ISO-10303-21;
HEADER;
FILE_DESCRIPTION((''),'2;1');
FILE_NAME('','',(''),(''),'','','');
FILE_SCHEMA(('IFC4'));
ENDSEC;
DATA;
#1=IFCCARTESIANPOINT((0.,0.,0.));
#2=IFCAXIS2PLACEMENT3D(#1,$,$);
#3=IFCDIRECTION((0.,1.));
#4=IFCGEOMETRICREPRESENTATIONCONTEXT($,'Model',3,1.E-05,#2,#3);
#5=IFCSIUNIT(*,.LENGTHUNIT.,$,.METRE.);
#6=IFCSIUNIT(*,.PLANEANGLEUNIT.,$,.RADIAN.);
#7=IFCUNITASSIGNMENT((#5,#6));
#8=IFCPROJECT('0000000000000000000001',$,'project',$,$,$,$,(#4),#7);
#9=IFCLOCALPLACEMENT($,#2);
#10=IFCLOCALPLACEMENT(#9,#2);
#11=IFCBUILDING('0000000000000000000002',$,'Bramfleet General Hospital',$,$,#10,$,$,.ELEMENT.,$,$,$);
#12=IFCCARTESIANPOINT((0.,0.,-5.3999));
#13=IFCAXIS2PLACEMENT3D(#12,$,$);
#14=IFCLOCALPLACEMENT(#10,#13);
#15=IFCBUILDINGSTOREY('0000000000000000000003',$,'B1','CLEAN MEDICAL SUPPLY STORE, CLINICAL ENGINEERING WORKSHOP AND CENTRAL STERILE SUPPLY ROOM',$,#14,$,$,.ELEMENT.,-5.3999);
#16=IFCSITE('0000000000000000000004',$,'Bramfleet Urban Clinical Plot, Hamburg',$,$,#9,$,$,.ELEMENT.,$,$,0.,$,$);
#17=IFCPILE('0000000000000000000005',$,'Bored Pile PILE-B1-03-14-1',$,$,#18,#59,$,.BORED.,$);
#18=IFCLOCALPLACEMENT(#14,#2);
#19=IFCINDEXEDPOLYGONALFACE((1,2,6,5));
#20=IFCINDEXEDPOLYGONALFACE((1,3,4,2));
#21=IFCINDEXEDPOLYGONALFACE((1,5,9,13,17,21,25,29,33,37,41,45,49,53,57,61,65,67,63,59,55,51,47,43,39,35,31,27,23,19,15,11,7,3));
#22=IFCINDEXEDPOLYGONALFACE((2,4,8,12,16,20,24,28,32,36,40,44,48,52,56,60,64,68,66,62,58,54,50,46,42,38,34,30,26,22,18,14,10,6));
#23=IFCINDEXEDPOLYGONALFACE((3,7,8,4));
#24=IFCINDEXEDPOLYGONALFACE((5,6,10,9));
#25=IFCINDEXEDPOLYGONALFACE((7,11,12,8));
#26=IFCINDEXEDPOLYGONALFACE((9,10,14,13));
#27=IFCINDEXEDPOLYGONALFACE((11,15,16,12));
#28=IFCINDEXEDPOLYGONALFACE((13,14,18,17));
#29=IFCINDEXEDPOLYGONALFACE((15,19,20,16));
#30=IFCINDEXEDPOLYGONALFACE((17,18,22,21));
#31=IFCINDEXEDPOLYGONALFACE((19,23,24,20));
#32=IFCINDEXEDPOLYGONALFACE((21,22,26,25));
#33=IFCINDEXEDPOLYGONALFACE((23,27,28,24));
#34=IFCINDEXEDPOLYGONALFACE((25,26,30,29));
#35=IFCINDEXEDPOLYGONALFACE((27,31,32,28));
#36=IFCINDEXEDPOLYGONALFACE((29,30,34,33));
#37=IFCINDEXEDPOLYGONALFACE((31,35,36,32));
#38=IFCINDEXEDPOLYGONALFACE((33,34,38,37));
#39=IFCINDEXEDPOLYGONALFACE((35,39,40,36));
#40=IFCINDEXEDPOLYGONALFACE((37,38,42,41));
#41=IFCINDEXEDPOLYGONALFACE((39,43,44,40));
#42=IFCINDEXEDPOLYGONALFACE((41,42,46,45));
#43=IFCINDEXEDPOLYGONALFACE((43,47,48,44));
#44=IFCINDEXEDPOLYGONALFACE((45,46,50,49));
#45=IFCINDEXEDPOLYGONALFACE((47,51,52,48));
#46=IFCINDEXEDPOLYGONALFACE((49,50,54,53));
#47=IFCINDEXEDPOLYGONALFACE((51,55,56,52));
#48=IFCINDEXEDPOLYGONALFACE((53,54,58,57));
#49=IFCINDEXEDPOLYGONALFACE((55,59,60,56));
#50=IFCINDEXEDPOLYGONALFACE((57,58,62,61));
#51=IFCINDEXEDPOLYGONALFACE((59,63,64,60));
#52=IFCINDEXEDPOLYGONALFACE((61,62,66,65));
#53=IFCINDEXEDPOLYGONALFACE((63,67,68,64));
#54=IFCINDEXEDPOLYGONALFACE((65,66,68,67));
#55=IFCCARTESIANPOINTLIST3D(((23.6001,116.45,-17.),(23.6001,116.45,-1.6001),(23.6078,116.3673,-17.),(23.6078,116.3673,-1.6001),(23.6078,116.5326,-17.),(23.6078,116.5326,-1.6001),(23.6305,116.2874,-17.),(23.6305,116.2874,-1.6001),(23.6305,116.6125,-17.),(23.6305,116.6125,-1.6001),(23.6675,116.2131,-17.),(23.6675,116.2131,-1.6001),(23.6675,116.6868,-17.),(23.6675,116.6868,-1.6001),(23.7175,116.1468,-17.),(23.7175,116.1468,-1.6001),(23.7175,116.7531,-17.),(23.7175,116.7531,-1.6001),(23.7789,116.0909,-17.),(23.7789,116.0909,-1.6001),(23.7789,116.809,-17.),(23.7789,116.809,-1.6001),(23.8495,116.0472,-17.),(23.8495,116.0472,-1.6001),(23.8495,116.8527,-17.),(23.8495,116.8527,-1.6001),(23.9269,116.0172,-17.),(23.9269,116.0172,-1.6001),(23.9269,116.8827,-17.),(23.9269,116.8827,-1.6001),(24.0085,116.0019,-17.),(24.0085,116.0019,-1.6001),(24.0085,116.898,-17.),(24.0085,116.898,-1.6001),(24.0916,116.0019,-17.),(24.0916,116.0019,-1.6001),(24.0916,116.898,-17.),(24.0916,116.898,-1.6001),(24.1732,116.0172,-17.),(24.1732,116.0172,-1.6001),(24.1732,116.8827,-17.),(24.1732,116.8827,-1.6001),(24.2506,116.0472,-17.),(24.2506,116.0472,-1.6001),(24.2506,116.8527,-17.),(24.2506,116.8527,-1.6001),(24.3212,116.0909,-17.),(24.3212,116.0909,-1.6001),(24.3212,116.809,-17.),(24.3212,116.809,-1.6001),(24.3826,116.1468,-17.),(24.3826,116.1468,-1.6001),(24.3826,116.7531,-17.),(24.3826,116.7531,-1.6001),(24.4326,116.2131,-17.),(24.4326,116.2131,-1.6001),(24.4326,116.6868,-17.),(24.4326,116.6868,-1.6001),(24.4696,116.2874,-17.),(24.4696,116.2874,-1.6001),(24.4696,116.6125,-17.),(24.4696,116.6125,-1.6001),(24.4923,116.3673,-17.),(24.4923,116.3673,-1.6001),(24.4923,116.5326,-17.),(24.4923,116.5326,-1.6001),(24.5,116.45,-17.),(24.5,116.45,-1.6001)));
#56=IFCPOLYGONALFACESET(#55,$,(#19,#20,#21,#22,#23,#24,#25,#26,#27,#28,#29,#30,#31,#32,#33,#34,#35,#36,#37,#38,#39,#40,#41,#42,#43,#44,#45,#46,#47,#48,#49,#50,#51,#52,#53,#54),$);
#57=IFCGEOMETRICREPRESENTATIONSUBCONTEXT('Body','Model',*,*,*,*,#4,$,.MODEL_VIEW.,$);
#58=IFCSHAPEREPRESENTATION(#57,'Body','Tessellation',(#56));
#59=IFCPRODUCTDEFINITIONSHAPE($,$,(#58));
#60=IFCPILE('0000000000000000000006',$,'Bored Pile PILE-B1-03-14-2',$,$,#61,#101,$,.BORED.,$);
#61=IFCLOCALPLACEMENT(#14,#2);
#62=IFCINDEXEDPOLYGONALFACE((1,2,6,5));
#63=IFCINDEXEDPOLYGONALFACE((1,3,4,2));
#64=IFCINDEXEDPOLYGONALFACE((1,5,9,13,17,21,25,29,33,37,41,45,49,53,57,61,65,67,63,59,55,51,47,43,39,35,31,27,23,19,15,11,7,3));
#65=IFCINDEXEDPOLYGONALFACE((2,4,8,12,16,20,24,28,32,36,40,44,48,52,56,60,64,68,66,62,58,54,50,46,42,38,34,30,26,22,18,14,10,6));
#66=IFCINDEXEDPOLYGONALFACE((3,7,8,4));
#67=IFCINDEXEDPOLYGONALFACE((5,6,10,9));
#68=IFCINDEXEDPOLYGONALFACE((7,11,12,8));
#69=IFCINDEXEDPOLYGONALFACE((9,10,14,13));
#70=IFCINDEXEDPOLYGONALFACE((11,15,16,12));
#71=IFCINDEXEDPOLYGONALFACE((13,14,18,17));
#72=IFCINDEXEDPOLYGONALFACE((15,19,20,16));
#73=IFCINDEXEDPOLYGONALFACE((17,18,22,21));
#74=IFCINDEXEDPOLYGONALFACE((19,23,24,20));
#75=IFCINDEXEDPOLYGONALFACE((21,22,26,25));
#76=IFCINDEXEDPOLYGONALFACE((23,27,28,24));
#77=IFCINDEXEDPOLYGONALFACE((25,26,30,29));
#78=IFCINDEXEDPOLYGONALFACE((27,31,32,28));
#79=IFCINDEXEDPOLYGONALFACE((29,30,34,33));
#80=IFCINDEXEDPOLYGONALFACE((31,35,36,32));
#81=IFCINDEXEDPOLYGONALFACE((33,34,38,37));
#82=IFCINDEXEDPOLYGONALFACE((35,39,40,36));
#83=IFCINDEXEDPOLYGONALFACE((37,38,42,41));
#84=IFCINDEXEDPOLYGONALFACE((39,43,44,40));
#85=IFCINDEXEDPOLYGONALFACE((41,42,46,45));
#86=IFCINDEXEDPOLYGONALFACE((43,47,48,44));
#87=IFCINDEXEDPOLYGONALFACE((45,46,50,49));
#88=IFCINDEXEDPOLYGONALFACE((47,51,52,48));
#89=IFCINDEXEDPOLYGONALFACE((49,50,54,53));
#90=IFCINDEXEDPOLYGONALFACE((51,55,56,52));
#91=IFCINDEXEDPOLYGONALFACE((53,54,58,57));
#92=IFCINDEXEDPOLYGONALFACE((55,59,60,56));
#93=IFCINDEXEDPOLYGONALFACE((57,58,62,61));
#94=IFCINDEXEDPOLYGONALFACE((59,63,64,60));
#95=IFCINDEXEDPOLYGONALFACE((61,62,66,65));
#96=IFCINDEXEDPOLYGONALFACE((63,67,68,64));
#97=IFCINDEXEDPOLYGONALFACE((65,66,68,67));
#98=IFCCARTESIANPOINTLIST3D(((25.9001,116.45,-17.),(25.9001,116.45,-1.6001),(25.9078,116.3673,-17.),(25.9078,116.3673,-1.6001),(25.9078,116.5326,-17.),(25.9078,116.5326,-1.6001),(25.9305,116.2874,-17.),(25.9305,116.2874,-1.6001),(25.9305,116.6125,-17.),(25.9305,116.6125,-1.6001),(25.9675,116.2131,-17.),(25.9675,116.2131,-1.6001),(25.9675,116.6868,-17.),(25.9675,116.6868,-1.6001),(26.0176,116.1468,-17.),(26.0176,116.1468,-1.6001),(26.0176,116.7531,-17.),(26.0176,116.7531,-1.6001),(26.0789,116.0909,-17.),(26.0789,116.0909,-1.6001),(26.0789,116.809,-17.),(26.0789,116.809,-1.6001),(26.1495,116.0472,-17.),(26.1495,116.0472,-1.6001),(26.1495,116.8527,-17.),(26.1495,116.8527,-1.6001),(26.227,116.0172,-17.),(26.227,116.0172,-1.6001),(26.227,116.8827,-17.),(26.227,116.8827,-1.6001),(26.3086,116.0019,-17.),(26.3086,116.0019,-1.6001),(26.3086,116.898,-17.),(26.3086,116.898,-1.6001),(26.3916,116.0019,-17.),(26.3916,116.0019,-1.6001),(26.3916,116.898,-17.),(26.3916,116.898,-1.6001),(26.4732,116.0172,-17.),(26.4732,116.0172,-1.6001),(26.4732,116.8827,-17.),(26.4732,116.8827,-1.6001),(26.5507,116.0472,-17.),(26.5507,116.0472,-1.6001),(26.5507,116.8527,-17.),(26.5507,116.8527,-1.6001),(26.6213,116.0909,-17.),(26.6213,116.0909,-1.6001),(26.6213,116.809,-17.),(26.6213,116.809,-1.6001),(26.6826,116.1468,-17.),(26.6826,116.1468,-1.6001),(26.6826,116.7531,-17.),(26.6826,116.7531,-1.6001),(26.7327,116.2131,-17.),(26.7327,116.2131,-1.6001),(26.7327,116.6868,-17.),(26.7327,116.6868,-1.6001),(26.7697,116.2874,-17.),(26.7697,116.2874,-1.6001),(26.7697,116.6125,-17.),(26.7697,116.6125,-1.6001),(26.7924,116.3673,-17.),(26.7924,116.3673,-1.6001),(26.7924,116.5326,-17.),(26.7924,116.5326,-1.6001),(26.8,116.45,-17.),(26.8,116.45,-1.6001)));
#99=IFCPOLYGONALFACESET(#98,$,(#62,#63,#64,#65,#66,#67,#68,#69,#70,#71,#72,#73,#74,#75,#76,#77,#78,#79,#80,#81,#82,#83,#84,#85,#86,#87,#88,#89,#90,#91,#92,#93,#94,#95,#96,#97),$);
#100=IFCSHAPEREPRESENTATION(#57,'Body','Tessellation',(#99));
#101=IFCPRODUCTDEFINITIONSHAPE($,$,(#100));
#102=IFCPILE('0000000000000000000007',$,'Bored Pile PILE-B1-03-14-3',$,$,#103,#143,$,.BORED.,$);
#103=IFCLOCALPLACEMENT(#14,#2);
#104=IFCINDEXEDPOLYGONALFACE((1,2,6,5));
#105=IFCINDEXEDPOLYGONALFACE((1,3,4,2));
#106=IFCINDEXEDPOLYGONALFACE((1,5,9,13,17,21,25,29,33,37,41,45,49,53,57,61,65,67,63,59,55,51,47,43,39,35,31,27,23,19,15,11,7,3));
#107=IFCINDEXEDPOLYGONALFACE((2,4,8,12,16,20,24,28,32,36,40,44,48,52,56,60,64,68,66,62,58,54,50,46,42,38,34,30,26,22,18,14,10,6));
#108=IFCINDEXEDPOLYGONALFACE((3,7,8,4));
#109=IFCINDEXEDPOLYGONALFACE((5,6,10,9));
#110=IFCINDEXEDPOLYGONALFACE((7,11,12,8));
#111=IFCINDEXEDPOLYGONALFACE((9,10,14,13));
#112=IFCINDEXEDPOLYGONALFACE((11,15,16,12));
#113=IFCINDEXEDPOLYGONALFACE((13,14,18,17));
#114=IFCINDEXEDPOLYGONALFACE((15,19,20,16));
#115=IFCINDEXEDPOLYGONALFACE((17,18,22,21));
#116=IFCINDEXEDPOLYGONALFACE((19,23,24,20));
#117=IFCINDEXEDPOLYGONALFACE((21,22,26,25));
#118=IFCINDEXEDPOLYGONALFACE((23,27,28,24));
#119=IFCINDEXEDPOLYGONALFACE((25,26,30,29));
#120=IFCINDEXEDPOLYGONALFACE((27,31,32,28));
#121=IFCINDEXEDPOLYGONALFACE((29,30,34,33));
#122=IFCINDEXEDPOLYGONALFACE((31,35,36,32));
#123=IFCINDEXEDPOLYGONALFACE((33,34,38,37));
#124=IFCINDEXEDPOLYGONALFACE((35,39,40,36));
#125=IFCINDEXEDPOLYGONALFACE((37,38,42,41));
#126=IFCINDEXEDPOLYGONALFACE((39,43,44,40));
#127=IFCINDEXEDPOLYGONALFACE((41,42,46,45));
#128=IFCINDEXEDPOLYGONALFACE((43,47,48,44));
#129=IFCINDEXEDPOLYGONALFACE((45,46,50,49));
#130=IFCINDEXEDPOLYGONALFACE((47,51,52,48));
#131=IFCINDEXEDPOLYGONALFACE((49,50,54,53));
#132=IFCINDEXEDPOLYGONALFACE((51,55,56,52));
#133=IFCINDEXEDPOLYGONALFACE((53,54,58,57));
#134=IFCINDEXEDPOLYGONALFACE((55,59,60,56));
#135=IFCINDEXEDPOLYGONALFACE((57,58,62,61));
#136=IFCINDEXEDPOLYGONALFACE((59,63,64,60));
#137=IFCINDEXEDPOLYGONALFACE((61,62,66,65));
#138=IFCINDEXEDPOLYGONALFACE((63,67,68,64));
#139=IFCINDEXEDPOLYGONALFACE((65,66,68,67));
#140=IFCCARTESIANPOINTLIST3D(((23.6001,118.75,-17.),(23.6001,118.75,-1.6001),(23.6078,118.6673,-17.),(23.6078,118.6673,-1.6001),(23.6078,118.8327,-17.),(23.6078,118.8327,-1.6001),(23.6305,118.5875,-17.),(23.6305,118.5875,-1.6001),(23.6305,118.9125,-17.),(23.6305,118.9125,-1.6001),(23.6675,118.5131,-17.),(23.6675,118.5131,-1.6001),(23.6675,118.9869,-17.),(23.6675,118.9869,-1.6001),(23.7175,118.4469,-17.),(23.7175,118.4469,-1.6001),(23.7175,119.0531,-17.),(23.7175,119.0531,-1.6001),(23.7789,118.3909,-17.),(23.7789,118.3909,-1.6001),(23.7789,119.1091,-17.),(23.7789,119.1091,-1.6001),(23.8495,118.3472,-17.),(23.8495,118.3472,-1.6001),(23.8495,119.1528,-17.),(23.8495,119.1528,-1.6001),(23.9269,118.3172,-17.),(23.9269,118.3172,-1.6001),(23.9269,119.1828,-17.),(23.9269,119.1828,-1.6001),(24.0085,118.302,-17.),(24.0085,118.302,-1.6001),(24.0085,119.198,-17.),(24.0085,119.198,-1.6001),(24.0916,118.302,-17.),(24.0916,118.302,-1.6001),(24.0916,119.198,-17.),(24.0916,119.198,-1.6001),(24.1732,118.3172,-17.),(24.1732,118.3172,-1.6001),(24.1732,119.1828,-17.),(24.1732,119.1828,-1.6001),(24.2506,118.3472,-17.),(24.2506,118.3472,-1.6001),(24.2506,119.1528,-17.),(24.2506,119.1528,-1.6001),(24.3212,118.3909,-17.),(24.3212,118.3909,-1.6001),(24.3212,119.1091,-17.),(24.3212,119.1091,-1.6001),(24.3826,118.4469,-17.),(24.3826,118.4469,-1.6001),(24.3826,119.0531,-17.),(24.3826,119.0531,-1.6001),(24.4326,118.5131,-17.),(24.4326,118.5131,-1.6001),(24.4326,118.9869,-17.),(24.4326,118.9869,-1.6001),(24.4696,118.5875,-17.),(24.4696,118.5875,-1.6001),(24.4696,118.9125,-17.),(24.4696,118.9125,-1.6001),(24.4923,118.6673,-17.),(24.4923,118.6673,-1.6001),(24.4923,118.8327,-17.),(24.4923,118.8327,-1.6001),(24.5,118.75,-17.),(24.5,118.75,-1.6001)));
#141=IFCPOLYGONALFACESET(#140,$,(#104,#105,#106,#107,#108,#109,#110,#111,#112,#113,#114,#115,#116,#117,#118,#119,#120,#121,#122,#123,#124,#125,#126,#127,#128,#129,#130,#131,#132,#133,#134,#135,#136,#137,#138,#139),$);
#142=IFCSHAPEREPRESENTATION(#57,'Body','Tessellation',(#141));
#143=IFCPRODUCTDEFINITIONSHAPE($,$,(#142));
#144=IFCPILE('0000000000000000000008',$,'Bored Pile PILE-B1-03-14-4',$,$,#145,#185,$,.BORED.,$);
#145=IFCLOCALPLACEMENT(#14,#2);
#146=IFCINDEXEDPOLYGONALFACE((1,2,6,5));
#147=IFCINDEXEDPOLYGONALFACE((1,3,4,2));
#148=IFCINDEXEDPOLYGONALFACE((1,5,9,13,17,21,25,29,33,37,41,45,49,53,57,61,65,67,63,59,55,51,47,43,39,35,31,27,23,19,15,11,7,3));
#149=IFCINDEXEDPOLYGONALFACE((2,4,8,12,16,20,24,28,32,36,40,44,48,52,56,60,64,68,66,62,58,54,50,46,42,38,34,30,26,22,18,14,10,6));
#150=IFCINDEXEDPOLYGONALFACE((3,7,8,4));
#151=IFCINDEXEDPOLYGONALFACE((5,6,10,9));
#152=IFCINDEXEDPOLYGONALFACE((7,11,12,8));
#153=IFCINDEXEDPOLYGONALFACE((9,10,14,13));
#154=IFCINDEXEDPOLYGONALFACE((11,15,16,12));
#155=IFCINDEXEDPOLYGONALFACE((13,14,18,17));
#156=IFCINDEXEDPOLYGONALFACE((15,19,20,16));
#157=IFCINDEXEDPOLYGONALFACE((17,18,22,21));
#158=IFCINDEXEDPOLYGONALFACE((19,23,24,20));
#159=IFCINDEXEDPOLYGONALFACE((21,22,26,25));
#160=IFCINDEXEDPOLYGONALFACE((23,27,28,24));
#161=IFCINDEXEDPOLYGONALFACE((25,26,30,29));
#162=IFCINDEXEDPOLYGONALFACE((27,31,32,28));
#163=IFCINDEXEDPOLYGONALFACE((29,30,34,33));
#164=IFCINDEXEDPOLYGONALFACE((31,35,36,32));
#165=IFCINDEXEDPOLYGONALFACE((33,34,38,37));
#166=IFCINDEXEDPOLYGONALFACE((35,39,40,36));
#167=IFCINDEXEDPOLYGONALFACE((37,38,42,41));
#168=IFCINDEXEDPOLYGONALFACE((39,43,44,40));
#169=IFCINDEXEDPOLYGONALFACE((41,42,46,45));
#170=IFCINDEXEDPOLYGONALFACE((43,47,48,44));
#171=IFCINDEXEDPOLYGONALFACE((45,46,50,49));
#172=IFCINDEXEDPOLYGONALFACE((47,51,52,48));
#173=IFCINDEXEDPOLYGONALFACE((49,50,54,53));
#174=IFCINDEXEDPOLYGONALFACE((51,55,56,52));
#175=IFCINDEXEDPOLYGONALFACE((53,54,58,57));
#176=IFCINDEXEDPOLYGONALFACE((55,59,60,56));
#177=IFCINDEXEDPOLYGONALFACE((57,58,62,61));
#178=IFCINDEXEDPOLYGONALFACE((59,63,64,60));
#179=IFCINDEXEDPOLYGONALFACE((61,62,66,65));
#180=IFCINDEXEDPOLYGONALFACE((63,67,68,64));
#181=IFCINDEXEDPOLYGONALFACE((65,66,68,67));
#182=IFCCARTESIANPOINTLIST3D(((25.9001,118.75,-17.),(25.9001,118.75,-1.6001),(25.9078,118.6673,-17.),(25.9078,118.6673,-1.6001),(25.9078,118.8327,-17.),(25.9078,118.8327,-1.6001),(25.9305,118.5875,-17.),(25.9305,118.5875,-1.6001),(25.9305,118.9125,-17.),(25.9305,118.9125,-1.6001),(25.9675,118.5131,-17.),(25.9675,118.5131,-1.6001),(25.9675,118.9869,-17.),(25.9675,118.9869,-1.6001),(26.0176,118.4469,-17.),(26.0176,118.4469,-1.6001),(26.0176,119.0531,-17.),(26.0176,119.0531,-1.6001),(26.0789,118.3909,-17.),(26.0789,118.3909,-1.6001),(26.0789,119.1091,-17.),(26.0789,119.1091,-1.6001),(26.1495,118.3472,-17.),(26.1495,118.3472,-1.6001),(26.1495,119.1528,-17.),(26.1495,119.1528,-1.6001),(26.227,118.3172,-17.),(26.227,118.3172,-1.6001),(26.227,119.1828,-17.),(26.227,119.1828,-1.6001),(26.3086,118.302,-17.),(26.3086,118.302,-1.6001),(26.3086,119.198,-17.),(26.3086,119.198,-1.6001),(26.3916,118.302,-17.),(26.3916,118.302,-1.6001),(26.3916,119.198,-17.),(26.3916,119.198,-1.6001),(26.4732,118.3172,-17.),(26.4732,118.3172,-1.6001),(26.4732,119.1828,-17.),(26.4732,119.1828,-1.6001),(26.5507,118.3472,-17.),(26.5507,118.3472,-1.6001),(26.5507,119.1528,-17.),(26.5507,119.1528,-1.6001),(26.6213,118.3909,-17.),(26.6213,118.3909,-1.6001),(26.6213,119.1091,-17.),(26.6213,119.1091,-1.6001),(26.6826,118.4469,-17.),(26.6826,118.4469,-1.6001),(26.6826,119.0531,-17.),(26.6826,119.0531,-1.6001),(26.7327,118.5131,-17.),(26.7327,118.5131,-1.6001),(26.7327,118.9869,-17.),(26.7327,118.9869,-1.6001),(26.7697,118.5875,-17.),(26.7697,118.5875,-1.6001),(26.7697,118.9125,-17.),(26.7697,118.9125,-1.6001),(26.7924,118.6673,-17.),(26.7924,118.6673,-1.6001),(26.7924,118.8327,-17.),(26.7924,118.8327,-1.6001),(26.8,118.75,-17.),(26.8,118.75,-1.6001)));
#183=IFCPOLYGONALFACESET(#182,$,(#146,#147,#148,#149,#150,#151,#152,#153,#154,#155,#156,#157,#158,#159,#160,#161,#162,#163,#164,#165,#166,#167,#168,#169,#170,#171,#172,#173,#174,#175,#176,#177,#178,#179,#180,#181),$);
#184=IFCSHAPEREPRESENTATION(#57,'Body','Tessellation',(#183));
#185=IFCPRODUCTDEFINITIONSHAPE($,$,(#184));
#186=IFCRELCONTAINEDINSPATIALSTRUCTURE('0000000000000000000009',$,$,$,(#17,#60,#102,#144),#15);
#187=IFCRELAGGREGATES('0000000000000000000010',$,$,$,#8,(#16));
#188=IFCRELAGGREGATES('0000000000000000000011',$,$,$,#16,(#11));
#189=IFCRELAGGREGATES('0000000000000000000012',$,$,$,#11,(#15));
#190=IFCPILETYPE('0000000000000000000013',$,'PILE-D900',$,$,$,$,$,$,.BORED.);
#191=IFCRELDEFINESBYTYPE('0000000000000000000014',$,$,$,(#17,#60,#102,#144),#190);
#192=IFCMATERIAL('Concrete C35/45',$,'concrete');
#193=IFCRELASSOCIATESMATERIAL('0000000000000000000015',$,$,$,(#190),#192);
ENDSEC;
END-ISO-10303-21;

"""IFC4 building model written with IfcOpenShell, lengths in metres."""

from ifc_helpers import new_model, si_unit, direction, frame, origin, origin_2d, place, context, subcontext, project, spatial, circle, extrude, material, material_profile, profile_set, type_object, element, save


model = new_model("IFC4")

# Units and contexts
model_context = context("Model", 3, precision=1e-05, world=origin(), true_north=direction((0.0, 1.0)))
body_context = subcontext(model_context, "Body", "Model", "MODEL_VIEW")
ifc_project = project(units=[si_unit("LENGTHUNIT", "METRE"), si_unit("PLANEANGLEUNIT", "RADIAN")], contexts=[model_context])

# Site, building, storey
site_placement = place(None, origin())
site = spatial("IfcSite", under=ifc_project, at=site_placement, Name="Bramfleet Urban Clinical Plot, Hamburg", CompositionType="ELEMENT", RefElevation=0.0)
building_placement = place(site_placement, origin())
building = spatial("IfcBuilding", under=site, at=building_placement, Name="Bramfleet General Hospital", CompositionType="ELEMENT")
storey_placement = place(building_placement, frame((0.0, 0.0, -5.3999)))
storey = spatial("IfcBuildingStorey", under=building, at=storey_placement, Name="B1", Description="CLEAN MEDICAL SUPPLY STORE, CLINICAL ENGINEERING WORKSHOP AND CENTRAL STERILE SUPPLY ROOM", CompositionType="ELEMENT", Elevation=-5.3999)

# Shared definitions
ifc_material_1 = material(Name="Concrete C35/45", Category="concrete")

# Piles
ifc_material_profile_1 = material_profile(ifc_material_1, circle(Radius=0.45, at=origin_2d()), Name="PILE BORED D900")
ifc_profile_set_1 = profile_set([ifc_material_profile_1], Name="Concrete C35/45")
pile_type = type_object("IfcPileType", Name="PILE-D900", PredefinedType="BORED", material=ifc_profile_set_1)
for number, where, z_axis, x_axis, name in (
    (1, (24.05, 116.45, -1.6001), (0.0, 0.0, -1.0), (1.0, 0.0, 0.0), "Bored Pile PILE-B1-03-14-1"),
    (2, (26.3501, 116.45, -1.6001), (0.0, 0.0, -1.0), (1.0, 0.0, 0.0), "Bored Pile PILE-B1-03-14-2"),
    (3, (24.05, 118.75, -1.6001), (0.0, 0.0, -1.0), (1.0, 0.0, 0.0), "Bored Pile PILE-B1-03-14-3"),
    (4, (26.3501, 118.75, -1.6001), (0.0, 0.0, -1.0), (1.0, 0.0, 0.0), "Bored Pile PILE-B1-03-14-4"),
):
    element("IfcPile", number, at=place(storey_placement, frame(where, z_axis=z_axis, x_axis=x_axis)), inside=storey, type_object=pile_type, Name=name, PredefinedType="BORED", context=body_context, shape_type="SweptSolid", body=[
        extrude(circle(Radius=0.45, at=origin_2d()), origin(), (0.0, 0.0, 1.0), 15.3999),
    ])

save(model, "model.ifc")
